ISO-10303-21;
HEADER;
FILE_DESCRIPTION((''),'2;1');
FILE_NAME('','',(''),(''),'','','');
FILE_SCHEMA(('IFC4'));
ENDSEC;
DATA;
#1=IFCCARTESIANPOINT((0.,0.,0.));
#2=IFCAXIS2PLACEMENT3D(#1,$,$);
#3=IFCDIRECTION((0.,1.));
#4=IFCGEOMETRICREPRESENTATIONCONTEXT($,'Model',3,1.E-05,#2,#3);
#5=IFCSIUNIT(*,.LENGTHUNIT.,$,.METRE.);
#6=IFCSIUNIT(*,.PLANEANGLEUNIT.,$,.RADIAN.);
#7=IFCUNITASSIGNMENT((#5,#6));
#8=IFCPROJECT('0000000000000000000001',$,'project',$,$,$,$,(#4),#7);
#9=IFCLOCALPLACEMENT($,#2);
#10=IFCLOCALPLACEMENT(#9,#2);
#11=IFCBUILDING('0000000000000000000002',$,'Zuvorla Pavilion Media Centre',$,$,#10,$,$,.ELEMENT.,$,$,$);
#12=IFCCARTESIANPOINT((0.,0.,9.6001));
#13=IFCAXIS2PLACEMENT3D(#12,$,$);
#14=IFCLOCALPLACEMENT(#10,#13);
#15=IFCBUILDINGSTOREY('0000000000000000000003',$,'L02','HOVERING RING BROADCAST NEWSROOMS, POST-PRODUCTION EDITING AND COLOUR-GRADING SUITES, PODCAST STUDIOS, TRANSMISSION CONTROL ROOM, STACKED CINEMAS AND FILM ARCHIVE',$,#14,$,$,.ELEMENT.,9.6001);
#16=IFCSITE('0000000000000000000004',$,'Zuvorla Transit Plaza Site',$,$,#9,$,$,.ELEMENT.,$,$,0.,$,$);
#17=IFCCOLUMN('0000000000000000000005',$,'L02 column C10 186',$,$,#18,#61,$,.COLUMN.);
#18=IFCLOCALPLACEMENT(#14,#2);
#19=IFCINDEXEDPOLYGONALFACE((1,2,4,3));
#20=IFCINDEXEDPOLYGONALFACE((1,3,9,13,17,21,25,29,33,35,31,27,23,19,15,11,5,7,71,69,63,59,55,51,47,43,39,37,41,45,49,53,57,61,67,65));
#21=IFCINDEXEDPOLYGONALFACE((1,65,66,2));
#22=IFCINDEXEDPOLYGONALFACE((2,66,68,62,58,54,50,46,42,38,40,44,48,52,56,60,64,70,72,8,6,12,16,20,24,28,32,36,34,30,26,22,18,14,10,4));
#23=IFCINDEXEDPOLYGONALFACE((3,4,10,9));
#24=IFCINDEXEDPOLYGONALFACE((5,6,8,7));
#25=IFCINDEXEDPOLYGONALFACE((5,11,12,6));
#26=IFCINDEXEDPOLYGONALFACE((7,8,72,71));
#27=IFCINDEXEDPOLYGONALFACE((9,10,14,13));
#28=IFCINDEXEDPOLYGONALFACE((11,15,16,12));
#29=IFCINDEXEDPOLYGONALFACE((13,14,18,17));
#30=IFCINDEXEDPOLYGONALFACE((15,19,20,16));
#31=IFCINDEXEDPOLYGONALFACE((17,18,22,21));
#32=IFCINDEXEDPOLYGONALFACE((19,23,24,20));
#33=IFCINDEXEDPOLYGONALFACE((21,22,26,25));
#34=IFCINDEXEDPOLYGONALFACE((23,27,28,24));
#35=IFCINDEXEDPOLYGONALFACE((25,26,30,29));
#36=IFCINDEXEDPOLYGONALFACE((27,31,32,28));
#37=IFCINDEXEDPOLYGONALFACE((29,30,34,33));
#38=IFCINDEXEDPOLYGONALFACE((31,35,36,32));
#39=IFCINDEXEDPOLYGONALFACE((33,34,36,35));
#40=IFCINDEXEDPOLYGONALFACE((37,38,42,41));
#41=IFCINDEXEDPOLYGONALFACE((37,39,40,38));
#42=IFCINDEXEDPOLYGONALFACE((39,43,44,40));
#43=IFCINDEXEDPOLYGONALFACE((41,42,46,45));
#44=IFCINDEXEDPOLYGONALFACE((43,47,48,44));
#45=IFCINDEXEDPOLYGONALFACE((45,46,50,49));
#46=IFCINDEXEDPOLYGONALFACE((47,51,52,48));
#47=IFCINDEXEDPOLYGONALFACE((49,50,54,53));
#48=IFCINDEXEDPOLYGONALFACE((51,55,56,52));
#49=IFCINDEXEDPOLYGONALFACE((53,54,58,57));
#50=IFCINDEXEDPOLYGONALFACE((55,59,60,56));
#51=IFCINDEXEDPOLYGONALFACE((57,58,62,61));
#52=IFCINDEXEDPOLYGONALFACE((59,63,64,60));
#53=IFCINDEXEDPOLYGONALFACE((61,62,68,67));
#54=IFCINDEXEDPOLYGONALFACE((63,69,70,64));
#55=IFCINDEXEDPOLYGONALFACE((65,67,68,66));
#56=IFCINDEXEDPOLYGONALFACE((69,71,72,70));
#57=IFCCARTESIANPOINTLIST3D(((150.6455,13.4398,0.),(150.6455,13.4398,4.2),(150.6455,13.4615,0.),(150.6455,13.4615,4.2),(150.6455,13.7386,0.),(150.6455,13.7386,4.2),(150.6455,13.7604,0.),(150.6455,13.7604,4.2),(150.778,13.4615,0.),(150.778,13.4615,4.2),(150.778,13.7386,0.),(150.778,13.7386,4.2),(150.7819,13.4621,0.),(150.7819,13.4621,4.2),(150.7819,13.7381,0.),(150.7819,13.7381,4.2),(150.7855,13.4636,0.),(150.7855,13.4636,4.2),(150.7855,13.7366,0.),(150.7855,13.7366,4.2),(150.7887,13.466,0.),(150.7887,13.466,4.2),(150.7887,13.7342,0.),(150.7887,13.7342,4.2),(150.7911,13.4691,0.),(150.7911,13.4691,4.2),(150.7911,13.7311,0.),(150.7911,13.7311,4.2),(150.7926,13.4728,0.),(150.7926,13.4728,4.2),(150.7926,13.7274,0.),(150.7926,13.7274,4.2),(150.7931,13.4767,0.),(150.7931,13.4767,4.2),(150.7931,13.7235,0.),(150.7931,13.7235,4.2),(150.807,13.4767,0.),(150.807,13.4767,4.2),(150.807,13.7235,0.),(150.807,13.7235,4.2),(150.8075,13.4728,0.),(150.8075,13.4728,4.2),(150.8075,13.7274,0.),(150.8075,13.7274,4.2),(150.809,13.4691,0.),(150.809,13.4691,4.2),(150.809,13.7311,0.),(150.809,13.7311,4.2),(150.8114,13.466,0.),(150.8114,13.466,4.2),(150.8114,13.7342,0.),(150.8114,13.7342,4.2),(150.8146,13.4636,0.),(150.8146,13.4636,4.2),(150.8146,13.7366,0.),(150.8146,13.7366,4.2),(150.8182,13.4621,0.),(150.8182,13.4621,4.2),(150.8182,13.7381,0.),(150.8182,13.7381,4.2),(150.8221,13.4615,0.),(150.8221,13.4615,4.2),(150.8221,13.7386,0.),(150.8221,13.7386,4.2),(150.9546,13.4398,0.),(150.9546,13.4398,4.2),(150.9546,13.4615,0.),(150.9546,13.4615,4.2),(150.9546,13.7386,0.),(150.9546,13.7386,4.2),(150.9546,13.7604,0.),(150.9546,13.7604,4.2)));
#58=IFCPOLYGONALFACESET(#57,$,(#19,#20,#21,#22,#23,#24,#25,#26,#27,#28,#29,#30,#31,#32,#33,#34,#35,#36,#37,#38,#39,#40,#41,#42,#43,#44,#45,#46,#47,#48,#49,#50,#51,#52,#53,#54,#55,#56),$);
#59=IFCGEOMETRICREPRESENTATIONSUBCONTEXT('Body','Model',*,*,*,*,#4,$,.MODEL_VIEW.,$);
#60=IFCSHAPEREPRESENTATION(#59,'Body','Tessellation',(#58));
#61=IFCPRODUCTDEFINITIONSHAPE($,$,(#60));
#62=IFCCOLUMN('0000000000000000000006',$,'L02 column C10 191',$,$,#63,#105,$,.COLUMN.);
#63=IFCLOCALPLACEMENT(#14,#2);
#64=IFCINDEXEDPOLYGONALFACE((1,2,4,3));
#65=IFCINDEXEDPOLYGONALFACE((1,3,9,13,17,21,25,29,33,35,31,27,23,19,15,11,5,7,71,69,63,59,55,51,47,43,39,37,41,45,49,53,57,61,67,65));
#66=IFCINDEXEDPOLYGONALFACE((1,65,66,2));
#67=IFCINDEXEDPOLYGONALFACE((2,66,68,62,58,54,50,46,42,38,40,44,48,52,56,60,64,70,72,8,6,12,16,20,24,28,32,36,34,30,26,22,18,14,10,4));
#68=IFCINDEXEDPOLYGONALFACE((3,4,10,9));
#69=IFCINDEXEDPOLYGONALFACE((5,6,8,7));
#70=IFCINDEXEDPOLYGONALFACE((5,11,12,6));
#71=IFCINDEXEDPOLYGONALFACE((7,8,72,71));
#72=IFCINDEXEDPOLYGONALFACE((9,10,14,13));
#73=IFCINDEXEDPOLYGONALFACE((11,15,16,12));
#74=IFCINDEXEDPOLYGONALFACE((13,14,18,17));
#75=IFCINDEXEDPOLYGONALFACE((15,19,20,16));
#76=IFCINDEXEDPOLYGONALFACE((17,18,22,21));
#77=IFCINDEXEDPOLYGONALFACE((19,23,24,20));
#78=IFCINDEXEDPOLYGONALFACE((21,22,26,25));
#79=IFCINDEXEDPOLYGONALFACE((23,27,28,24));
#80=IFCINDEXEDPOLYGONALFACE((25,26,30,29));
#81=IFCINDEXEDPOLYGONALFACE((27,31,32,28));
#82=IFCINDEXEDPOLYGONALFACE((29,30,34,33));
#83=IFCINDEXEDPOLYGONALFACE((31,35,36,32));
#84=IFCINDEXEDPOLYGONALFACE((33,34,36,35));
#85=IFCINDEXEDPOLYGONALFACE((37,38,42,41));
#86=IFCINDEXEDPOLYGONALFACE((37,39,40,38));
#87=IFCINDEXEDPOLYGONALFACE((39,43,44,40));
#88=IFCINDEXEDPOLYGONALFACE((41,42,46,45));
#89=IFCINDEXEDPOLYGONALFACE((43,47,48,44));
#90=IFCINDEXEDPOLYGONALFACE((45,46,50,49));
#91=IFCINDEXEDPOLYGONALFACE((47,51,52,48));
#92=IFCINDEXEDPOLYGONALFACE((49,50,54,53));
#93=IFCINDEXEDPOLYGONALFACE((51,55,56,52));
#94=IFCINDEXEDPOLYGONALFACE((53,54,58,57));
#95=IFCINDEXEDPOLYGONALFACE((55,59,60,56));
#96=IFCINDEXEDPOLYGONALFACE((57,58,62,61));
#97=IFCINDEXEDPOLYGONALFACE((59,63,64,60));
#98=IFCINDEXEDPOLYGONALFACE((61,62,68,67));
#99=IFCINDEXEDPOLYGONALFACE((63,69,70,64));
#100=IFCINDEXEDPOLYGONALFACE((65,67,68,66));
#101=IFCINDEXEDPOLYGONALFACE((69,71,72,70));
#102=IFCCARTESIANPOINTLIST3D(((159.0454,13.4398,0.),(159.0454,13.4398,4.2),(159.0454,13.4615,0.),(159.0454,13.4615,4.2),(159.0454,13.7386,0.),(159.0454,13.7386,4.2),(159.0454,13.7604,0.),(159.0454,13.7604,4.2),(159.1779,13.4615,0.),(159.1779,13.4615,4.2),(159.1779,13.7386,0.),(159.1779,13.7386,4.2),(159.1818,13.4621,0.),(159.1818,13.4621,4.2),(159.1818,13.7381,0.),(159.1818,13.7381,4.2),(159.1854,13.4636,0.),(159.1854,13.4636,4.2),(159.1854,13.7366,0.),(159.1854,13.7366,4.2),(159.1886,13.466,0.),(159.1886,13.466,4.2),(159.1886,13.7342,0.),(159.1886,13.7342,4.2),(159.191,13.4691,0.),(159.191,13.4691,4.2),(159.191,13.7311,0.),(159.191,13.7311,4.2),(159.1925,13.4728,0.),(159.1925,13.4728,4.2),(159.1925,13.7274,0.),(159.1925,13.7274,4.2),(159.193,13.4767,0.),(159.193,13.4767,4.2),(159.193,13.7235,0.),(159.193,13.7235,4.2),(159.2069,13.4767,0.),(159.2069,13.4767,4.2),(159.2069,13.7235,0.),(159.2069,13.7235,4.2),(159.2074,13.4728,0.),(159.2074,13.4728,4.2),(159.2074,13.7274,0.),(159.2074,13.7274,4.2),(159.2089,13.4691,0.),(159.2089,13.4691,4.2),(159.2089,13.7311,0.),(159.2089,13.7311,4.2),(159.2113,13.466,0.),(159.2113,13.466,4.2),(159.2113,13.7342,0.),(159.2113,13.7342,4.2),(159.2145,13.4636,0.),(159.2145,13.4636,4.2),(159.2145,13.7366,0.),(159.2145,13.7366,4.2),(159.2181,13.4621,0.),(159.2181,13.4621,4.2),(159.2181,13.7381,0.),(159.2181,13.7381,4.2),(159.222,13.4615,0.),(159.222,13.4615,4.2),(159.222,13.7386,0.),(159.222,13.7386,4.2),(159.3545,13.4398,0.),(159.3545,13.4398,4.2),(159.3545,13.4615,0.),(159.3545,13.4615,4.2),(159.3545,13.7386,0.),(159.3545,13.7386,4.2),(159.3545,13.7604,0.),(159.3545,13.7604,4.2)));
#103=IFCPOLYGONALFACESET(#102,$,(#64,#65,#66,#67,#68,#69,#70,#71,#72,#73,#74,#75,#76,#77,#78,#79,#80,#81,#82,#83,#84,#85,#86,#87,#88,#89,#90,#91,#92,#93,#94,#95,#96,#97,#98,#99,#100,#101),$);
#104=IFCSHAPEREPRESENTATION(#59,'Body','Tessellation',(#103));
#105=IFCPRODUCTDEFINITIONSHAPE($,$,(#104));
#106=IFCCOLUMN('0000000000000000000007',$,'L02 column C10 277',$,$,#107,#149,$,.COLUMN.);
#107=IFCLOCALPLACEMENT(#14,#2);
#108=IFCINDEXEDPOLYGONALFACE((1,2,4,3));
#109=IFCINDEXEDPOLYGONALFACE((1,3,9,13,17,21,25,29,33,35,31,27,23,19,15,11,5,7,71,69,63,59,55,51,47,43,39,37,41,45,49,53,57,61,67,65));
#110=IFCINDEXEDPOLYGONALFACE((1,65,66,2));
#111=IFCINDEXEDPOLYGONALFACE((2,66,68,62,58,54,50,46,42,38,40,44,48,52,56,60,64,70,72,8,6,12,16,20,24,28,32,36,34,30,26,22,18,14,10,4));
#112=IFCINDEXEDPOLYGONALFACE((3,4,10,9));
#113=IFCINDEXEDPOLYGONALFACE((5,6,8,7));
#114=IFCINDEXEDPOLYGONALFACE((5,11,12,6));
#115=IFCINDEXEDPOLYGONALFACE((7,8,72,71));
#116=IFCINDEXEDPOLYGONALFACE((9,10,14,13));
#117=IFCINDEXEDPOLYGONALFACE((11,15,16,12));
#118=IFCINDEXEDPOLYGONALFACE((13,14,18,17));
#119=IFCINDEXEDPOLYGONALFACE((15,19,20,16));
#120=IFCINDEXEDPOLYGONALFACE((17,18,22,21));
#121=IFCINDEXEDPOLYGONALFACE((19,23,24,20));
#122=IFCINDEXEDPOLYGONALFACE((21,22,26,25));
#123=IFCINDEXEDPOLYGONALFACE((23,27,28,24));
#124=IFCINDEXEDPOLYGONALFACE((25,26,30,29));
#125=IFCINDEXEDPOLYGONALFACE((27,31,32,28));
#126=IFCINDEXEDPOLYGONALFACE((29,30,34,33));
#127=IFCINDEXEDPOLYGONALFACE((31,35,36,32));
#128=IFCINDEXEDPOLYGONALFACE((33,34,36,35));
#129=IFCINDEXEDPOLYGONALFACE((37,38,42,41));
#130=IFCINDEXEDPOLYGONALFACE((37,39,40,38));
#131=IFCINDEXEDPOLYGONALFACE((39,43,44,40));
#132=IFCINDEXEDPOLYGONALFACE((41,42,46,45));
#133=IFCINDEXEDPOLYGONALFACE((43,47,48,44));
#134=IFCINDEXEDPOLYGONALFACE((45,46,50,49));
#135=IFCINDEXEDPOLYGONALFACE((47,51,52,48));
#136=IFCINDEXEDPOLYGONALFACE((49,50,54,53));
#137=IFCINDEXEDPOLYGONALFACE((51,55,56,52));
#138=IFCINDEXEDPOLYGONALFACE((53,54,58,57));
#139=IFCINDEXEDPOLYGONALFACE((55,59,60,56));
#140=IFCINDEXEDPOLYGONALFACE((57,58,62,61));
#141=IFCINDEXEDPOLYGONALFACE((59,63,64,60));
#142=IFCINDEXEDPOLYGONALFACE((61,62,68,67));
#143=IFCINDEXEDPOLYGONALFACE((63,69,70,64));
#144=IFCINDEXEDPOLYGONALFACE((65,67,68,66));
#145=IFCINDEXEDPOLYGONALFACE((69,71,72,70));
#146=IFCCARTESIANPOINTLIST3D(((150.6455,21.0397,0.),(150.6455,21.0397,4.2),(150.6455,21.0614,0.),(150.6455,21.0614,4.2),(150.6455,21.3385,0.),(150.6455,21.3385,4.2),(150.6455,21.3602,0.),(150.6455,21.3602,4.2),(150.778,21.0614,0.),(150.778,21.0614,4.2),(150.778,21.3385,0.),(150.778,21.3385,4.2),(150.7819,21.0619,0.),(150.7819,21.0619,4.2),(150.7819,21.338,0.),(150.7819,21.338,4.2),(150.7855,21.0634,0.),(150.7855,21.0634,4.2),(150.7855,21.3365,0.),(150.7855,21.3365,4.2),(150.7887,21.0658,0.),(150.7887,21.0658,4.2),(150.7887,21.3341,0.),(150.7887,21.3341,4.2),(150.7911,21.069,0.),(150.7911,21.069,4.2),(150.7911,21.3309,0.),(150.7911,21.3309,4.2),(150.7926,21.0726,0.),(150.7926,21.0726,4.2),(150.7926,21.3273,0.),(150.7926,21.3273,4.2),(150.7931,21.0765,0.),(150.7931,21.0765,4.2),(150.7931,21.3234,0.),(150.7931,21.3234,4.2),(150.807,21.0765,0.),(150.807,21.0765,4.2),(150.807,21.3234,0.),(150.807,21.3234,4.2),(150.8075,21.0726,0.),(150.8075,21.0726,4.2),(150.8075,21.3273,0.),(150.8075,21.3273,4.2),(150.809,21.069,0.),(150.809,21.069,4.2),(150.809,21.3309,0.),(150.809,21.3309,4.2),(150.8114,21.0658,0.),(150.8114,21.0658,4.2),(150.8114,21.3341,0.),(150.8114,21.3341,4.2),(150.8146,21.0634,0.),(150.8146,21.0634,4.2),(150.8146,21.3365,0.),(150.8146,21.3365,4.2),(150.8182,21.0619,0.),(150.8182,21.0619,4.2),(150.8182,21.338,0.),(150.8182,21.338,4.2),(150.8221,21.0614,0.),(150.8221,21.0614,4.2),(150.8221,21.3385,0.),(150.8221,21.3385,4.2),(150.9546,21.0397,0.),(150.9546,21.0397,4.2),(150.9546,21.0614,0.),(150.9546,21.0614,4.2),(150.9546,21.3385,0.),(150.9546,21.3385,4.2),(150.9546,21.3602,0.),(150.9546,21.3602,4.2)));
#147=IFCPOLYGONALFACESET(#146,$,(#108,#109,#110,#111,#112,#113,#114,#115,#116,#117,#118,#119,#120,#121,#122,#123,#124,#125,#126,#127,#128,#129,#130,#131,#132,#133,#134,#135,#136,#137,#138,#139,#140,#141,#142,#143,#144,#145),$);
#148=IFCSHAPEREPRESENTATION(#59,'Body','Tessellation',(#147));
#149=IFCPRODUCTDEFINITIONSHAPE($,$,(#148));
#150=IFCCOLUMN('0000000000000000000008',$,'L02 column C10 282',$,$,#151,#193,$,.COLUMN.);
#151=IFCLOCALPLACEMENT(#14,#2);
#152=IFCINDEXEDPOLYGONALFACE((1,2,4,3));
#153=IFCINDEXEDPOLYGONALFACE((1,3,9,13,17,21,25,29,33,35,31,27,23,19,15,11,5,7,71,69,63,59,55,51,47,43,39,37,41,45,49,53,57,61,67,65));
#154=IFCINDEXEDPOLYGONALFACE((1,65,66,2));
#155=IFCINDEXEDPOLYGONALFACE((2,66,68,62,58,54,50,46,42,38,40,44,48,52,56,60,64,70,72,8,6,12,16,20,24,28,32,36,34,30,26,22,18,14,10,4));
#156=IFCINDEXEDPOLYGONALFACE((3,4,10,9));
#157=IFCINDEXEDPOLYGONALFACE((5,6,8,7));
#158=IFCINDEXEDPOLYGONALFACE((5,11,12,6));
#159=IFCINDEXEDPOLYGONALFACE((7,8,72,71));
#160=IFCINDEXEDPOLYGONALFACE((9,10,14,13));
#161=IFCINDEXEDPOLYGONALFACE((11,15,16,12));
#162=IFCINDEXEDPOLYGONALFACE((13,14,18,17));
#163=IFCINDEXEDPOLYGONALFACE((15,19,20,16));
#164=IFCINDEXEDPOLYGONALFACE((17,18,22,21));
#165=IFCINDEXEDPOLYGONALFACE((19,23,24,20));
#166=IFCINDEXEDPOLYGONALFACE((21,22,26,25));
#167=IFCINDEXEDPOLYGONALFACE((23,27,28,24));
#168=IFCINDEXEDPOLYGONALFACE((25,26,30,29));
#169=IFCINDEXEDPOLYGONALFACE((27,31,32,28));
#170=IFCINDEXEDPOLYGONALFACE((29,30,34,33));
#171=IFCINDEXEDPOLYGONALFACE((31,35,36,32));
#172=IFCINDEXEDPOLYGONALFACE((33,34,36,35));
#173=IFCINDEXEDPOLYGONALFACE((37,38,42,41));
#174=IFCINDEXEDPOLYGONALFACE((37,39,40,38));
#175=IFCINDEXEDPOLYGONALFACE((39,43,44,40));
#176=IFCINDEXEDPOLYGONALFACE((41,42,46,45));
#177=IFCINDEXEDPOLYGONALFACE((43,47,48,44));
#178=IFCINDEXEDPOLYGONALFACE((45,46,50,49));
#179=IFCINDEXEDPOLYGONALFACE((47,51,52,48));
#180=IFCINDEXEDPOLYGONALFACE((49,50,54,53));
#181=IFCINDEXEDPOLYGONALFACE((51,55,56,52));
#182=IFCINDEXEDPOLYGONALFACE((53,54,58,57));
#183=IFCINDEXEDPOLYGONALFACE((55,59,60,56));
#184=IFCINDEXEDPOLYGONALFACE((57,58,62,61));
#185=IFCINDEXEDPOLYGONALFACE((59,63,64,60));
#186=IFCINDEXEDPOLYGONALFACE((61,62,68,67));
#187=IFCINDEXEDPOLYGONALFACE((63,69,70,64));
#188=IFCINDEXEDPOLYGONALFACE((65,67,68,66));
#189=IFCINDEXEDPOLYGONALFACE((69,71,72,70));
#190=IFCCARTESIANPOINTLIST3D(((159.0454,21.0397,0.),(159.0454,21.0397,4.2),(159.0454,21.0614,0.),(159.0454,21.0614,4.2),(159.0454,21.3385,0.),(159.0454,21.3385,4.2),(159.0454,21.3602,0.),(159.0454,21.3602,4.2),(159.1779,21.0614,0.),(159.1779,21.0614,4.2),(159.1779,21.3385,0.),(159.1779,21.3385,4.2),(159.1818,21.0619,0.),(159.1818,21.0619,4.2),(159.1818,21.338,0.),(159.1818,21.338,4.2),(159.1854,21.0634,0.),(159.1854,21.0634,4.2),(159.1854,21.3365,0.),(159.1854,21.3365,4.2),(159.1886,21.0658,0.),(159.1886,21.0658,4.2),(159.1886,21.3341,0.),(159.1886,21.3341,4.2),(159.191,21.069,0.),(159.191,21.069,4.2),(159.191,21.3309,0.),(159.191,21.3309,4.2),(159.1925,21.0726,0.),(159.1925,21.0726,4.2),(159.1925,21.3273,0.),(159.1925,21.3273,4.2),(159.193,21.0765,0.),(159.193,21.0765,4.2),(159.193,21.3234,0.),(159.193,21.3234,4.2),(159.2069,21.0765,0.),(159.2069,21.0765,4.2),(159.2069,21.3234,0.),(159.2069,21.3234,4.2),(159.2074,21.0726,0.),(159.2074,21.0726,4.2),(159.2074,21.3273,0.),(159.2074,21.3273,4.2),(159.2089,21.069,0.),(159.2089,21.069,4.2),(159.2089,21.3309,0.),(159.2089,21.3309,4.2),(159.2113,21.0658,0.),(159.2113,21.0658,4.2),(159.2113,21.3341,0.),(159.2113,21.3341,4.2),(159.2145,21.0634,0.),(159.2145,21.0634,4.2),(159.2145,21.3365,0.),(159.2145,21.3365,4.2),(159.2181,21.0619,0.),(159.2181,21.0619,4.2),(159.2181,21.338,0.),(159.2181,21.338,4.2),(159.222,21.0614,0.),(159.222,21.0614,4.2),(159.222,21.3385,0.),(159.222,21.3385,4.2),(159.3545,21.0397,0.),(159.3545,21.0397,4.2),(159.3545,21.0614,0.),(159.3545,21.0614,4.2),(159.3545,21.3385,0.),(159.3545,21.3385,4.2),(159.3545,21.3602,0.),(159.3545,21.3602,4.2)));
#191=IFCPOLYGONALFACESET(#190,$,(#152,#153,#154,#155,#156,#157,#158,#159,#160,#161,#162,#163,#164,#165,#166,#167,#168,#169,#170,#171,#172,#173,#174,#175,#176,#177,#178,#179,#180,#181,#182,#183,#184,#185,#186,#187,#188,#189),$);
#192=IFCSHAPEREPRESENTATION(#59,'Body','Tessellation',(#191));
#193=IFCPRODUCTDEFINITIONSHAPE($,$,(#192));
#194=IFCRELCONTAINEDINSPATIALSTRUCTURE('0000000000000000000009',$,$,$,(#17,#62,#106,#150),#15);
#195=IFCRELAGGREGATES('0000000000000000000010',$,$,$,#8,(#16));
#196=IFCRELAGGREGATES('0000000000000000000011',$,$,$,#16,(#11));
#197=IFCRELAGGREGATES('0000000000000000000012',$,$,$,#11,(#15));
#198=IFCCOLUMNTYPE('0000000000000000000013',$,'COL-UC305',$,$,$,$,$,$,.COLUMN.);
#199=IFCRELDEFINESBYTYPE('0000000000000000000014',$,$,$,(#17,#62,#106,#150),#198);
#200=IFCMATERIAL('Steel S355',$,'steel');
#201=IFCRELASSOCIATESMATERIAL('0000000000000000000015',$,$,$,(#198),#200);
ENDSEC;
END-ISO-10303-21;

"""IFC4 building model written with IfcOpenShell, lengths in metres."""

from ifc_helpers import new_model, si_unit, direction, frame, origin, origin_2d, place, context, subcontext, project, spatial, i_section, extrude, material, material_profile, profile_set, type_object, element, save


model = new_model("IFC4")

# Units and contexts
model_context = context("Model", 3, precision=1e-05, world=origin(), true_north=direction((0.0, 1.0)))
body_context = subcontext(model_context, "Body", "Model", "MODEL_VIEW")
ifc_project = project(units=[si_unit("LENGTHUNIT", "METRE"), si_unit("PLANEANGLEUNIT", "RADIAN")], contexts=[model_context])

# Site, building, storey
site_placement = place(None, origin())
site = spatial("IfcSite", under=ifc_project, at=site_placement, Name="Zuvorla Transit Plaza Site", CompositionType="ELEMENT", RefElevation=0.0)
building_placement = place(site_placement, origin())
building = spatial("IfcBuilding", under=site, at=building_placement, Name="Zuvorla Pavilion Media Centre", CompositionType="ELEMENT")
storey_placement = place(building_placement, frame((0.0, 0.0, 9.6001)))
storey = spatial("IfcBuildingStorey", under=building, at=storey_placement, Name="L02", Description="HOVERING RING BROADCAST NEWSROOMS, POST-PRODUCTION EDITING AND COLOUR-GRADING SUITES, PODCAST STUDIOS, TRANSMISSION CONTROL ROOM, STACKED CINEMAS AND FILM ARCHIVE", CompositionType="ELEMENT", Elevation=9.6001)

# Columns
ifc_material_1 = material(Name="Steel S355", Category="steel")
ifc_material_profile_1 = material_profile(ifc_material_1, i_section(OverallWidth=0.3091, OverallDepth=0.3206, WebThickness=0.0139, FlangeThickness=0.0217, FilletRadius=0.0151, at=origin_2d()), Name="UC 305x305x137")
ifc_profile_set_1 = profile_set([ifc_material_profile_1], Name="Steel S355")
column_type = type_object("IfcColumnType", Name="COL-UC305", PredefinedType="COLUMN", material=ifc_profile_set_1)
for number, where, z_axis, x_axis, name in (
    (1, (150.8, 13.6001, 0.0), (0.0, 0.0, 1.0), (1.0, 0.0, 0.0), "L02 column C10 186"),
    (2, (159.2, 13.6001, 0.0), (0.0, 0.0, 1.0), (1.0, 0.0, 0.0), "L02 column C10 191"),
    (3, (150.8, 21.2, 0.0), (0.0, 0.0, 1.0), (1.0, 0.0, 0.0), "L02 column C10 277"),
    (4, (159.2, 21.2, 0.0), (0.0, 0.0, 1.0), (1.0, 0.0, 0.0), "L02 column C10 282"),
):
    element("IfcColumn", number, at=place(storey_placement, frame(where, z_axis=z_axis, x_axis=x_axis)), inside=storey, type_object=column_type, Name=name, PredefinedType="COLUMN", context=body_context, shape_type="SweptSolid", body=[
        extrude(i_section(OverallWidth=0.3091, OverallDepth=0.3206, WebThickness=0.0139, FlangeThickness=0.0217, FilletRadius=0.0151, at=origin_2d()), origin(), (0.0, 0.0, 1.0), 4.2),
    ])

save(model, "model.ifc")
